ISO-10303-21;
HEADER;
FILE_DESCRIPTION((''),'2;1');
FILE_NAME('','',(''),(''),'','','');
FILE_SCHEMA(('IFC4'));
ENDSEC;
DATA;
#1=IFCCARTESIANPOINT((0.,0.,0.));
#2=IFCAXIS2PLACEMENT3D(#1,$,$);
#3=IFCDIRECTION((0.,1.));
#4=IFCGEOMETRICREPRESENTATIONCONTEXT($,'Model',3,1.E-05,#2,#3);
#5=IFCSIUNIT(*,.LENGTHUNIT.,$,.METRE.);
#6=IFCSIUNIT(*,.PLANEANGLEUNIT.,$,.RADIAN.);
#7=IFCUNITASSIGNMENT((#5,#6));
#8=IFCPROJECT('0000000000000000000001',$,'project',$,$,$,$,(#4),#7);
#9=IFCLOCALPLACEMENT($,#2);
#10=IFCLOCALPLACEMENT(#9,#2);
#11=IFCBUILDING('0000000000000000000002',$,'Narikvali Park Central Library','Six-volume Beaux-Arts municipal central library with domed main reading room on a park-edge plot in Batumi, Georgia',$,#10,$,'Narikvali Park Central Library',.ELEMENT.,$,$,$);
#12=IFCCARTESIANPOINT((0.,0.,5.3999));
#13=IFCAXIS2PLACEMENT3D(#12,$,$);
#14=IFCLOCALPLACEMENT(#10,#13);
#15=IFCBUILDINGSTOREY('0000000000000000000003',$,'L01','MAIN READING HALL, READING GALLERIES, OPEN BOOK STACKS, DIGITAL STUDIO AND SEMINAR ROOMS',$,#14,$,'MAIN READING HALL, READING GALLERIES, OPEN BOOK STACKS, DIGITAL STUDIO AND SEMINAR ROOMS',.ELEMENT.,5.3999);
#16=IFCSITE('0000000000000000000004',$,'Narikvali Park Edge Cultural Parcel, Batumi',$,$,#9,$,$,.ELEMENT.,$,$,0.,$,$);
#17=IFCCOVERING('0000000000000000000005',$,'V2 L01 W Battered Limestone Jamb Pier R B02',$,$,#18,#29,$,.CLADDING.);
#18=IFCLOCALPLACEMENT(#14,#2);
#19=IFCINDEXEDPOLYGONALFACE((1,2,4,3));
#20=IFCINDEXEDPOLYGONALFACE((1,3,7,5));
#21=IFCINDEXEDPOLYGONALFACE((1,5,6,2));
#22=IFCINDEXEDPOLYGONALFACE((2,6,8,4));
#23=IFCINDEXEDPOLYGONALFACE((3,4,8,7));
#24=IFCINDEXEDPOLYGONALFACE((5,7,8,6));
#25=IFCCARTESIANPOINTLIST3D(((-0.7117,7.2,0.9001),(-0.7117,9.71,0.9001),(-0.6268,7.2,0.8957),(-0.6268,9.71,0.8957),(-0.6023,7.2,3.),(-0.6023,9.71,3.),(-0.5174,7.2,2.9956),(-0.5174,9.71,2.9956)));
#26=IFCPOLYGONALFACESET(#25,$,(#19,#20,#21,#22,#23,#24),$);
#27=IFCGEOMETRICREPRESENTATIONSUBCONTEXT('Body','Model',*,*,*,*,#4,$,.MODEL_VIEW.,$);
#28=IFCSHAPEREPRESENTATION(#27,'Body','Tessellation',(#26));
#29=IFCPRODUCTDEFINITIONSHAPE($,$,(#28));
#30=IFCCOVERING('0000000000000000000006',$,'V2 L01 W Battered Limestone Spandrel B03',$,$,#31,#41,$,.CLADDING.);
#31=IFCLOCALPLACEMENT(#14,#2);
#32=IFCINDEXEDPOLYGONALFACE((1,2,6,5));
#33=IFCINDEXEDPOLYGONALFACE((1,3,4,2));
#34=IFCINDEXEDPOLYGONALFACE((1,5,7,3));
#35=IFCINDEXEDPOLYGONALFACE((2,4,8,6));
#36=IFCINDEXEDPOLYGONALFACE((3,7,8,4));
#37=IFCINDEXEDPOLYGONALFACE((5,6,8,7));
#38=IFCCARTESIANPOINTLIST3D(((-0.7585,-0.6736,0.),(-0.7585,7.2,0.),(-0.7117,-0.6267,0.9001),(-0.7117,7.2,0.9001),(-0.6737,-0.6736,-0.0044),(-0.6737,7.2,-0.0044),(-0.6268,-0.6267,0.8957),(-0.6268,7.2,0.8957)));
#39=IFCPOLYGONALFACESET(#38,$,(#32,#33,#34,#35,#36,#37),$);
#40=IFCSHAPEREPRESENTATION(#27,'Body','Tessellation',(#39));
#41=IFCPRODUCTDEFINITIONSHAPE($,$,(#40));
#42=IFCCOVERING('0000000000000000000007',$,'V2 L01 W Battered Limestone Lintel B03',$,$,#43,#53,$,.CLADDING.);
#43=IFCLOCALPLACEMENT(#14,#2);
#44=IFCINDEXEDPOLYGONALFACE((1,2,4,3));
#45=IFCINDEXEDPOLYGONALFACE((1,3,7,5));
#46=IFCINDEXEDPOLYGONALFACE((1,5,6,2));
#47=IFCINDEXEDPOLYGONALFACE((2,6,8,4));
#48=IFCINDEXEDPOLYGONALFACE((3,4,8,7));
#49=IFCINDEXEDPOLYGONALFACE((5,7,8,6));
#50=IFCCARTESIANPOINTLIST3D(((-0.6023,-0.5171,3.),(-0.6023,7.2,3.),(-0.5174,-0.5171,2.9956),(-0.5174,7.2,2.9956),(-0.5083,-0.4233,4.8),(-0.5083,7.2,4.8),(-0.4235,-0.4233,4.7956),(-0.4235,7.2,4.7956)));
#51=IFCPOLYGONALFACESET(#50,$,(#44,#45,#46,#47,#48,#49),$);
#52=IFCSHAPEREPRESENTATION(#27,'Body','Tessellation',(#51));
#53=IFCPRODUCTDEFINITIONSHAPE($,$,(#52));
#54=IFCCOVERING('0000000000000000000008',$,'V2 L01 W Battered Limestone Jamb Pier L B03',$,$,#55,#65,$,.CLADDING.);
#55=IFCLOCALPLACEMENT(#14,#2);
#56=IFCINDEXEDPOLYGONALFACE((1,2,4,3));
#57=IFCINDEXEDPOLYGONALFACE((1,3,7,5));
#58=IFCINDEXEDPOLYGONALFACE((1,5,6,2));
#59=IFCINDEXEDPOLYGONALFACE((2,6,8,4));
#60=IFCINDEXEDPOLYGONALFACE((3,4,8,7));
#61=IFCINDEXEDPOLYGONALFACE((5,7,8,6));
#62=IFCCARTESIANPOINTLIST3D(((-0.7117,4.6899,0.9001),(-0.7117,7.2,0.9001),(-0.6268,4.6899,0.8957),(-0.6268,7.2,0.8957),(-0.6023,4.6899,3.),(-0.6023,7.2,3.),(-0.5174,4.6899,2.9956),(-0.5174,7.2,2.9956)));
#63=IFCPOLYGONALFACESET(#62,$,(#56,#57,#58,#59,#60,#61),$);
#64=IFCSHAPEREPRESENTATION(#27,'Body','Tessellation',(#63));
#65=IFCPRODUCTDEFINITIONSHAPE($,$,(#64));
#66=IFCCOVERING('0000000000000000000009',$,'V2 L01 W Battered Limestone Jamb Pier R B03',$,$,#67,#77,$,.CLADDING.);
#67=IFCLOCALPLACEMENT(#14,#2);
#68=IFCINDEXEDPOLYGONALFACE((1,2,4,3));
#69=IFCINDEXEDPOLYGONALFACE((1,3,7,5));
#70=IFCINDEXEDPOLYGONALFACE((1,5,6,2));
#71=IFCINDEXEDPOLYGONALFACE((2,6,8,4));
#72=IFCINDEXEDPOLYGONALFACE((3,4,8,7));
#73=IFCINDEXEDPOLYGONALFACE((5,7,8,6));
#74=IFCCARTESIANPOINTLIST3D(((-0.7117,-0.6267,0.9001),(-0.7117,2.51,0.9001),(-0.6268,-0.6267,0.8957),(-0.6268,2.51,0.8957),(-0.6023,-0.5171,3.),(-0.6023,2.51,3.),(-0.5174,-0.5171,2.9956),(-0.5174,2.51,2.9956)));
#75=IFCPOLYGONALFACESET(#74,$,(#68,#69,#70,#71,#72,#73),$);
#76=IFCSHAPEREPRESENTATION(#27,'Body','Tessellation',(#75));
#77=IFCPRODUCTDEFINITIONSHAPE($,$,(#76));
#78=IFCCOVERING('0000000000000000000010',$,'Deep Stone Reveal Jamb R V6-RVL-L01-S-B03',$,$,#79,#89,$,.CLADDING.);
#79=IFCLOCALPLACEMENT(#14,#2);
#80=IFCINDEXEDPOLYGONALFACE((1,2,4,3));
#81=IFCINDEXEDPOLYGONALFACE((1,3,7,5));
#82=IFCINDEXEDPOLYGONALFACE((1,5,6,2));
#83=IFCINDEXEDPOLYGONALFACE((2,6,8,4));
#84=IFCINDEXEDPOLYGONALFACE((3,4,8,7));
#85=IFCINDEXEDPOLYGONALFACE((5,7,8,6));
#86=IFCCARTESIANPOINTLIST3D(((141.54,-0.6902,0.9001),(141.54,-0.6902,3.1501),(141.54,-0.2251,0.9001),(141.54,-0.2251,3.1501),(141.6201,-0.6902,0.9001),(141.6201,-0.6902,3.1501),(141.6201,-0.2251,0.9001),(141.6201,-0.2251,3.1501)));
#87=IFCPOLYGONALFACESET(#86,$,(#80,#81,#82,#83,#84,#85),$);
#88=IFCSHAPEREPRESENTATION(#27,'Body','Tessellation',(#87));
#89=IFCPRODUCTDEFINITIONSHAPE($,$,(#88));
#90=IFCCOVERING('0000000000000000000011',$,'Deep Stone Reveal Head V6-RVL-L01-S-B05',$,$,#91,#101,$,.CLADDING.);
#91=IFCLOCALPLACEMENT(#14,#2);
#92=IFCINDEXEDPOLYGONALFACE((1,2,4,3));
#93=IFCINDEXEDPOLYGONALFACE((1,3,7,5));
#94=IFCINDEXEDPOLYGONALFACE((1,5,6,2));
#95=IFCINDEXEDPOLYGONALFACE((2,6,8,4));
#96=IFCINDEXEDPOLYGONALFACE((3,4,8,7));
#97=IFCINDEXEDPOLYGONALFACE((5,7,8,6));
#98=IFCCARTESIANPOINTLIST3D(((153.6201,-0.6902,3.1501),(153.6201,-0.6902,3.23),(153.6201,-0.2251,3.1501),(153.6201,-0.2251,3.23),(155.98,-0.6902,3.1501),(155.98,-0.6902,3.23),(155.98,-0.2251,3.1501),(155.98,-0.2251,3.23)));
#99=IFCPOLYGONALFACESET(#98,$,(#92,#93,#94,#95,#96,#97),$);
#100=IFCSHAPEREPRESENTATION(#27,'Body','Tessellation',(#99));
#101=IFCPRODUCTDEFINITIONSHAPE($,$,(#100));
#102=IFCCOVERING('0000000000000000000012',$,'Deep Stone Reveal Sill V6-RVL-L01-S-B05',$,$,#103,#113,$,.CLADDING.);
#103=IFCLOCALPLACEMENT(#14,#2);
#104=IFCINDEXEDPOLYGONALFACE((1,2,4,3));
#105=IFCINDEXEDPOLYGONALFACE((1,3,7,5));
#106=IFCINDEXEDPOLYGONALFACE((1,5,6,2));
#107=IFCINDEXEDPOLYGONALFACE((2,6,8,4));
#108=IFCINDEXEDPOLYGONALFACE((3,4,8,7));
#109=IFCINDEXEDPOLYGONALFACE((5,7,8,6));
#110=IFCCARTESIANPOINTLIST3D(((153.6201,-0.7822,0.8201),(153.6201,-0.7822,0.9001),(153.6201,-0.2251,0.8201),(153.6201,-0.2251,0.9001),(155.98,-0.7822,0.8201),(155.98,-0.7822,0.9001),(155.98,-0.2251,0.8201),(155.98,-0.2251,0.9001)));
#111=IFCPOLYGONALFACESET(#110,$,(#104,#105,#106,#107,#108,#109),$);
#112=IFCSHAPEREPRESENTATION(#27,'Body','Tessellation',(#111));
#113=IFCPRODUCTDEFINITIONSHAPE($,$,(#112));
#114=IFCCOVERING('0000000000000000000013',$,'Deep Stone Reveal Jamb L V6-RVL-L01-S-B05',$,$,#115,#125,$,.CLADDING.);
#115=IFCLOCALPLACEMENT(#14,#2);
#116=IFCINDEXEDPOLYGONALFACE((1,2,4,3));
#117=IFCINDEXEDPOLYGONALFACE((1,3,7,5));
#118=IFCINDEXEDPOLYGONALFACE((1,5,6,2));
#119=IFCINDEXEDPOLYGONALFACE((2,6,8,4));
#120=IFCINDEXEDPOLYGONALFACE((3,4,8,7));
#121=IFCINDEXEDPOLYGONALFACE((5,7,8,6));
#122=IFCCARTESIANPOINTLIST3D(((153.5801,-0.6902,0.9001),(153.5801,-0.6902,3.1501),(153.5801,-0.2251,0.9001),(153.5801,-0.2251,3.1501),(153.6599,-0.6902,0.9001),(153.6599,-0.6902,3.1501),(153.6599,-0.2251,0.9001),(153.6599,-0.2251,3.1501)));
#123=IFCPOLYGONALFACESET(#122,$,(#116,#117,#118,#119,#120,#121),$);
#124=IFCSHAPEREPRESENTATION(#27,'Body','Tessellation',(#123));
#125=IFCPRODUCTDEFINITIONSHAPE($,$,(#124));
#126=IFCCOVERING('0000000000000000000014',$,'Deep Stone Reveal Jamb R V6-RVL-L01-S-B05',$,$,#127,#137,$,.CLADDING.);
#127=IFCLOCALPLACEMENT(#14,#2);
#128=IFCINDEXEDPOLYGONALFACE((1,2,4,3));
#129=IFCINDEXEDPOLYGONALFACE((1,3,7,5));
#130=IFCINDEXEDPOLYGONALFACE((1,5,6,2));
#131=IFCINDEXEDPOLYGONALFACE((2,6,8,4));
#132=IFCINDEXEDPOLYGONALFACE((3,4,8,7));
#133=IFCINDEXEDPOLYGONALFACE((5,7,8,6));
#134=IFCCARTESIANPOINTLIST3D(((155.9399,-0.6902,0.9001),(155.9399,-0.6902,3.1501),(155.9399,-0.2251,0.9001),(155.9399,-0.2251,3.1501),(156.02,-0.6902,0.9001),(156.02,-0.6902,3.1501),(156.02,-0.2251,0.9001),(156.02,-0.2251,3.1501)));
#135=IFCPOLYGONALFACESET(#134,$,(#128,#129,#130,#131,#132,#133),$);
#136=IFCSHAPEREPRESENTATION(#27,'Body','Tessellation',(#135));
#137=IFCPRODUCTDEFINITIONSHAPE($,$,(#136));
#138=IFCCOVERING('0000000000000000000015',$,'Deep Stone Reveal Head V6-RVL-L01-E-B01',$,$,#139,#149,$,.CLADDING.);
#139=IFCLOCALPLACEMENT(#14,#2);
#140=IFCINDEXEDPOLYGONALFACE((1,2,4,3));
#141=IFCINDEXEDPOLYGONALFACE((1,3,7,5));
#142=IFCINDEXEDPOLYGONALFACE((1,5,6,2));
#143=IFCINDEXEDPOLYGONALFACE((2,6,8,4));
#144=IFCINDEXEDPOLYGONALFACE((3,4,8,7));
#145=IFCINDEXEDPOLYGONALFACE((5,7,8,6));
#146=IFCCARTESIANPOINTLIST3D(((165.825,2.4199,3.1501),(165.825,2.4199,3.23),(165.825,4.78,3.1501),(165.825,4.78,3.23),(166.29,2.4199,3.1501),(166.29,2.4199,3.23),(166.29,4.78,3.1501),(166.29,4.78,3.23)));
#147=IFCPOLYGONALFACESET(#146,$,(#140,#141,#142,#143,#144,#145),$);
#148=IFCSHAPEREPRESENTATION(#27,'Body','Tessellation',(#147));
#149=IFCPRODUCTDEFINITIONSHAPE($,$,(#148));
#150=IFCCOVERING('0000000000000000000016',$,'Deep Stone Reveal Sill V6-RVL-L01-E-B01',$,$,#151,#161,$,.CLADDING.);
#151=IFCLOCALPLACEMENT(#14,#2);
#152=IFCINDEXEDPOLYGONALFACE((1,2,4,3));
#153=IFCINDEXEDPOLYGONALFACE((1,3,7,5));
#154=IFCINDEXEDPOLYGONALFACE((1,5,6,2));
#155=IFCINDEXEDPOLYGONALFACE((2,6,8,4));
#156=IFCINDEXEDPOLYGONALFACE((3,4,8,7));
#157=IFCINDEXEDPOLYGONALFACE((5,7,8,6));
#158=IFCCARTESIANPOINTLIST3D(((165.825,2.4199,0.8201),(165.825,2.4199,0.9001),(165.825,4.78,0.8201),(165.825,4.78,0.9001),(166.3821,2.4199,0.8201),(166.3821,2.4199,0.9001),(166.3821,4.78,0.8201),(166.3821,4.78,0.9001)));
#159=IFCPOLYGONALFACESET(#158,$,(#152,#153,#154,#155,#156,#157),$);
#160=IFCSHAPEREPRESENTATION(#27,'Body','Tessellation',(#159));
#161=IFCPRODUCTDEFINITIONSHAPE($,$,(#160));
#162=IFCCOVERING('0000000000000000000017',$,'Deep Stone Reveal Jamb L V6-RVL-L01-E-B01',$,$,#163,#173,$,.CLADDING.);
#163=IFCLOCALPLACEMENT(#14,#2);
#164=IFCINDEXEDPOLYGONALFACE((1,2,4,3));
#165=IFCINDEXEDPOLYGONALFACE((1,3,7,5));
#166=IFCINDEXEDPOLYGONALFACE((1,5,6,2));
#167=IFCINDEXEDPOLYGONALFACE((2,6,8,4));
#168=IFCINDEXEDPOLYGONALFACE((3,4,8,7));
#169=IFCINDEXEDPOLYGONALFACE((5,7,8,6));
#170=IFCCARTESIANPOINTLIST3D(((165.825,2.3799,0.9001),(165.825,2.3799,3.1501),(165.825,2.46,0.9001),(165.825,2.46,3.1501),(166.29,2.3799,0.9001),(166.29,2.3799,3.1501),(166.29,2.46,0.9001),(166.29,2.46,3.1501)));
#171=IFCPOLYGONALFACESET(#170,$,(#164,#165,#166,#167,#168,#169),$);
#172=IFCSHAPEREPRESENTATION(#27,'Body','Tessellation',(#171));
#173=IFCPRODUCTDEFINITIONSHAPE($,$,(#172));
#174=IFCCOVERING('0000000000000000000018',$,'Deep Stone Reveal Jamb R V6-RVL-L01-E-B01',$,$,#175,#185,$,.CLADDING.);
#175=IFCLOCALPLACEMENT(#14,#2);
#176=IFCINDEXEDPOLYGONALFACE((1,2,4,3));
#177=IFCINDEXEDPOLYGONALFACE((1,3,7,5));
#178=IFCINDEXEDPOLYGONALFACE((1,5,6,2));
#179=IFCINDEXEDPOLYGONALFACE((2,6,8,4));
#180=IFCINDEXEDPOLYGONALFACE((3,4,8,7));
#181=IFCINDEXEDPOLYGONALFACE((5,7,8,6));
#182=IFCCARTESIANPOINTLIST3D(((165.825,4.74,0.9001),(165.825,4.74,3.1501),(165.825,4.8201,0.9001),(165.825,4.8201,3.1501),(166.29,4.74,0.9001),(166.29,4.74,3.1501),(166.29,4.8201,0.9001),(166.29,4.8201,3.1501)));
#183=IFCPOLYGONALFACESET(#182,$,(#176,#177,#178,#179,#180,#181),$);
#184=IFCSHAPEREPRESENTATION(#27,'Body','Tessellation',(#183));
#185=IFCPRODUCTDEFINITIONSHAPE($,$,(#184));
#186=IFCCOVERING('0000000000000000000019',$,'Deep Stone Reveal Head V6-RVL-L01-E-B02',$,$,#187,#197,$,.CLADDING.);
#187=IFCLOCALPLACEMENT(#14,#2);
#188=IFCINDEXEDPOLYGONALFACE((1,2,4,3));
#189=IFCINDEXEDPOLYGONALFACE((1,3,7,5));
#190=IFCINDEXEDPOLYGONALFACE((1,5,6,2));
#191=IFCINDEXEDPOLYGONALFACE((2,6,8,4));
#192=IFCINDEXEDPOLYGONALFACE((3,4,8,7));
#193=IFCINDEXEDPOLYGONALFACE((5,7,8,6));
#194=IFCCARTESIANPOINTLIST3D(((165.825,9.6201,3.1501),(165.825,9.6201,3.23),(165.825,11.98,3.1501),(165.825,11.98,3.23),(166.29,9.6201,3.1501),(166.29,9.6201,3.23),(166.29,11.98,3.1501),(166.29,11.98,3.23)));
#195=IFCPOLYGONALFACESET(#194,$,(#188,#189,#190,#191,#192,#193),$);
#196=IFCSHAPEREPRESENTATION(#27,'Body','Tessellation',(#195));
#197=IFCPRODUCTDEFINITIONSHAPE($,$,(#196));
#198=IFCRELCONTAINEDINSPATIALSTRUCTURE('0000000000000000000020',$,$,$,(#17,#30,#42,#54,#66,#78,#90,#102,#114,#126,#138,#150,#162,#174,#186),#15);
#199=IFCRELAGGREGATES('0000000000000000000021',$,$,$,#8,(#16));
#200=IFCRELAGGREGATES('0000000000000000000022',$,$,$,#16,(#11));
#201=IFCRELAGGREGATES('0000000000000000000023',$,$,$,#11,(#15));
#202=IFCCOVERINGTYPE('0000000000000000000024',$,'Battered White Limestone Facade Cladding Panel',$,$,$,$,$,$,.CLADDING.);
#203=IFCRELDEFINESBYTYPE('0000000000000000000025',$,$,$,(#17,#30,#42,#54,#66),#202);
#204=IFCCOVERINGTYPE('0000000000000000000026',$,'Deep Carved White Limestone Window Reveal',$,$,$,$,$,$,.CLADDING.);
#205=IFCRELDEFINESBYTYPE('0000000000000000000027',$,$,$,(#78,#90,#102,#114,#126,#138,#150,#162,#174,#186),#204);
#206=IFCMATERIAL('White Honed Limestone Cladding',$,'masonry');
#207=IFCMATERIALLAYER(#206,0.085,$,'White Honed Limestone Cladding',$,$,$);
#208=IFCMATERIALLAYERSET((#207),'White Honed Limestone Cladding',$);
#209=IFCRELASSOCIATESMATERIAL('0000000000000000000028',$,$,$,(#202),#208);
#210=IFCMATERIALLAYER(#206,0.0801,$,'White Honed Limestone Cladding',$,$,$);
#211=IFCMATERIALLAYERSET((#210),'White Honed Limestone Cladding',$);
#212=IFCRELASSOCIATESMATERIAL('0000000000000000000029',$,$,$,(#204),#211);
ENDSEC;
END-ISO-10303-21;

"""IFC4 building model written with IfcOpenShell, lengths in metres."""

from ifc_helpers import new_model, si_unit, direction, frame, origin, place, context, subcontext, project, spatial, polyline, outline, extrude, material, layer, layer_set, type_object, element, save


model = new_model("IFC4")

# Units and contexts
model_context = context("Model", 3, precision=1e-05, world=origin(), true_north=direction((0.0, 1.0)))
body_context = subcontext(model_context, "Body", "Model", "MODEL_VIEW")
ifc_project = project(units=[si_unit("LENGTHUNIT", "METRE"), si_unit("PLANEANGLEUNIT", "RADIAN")], contexts=[model_context])

# Site, building, storey
site_placement = place(None, origin())
site = spatial("IfcSite", under=ifc_project, at=site_placement, Name="Narikvali Park Edge Cultural Parcel, Batumi", CompositionType="ELEMENT", RefElevation=0.0)
building_placement = place(site_placement, origin())
building = spatial("IfcBuilding", under=site, at=building_placement, Name="Narikvali Park Central Library", Description="Six-volume Beaux-Arts municipal central library with domed main reading room on a park-edge plot in Batumi, Georgia", LongName="Narikvali Park Central Library", CompositionType="ELEMENT")
storey_placement = place(building_placement, frame((0.0, 0.0, 5.3999)))
storey = spatial("IfcBuildingStorey", under=building, at=storey_placement, Name="L01", Description="MAIN READING HALL, READING GALLERIES, OPEN BOOK STACKS, DIGITAL STUDIO AND SEMINAR ROOMS", LongName="MAIN READING HALL, READING GALLERIES, OPEN BOOK STACKS, DIGITAL STUDIO AND SEMINAR ROOMS", CompositionType="ELEMENT", Elevation=5.3999)

# Coverings
ifc_material_1 = material(Name="White Honed Limestone Cladding", Category="masonry")
ifc_layer_1 = layer(ifc_material_1, 0.085, Name="White Honed Limestone Cladding")
ifc_layer_set_1 = layer_set([ifc_layer_1], Name="White Honed Limestone Cladding")
covering_type_1 = type_object("IfcCoveringType", Name="Battered White Limestone Facade Cladding Panel", PredefinedType="CLADDING", material=ifc_layer_set_1)
covering_1_placement = place(storey_placement, frame((-0.7117, 9.71, 0.9001), z_axis=(-0.998646, 0.0, 0.052016), x_axis=(0.0, -1.0, 0.0)))
element("IfcCovering", 1, at=covering_1_placement, inside=storey, type_object=covering_type_1, Name="V2 L01 W Battered Limestone Jamb Pier R B02", PredefinedType="CLADDING", context=body_context, shape_type="SweptSolid", body=[
    extrude(outline(polyline([(0.0, 0.0), (2.51, 0.0), (2.51, 2.1027), (0.0, 2.1027), (0.0, 0.0)])), origin(), (0.0, 0.0, -1.0), 0.085),
])
covering_2_placement = place(storey_placement, frame((-0.7585, 7.2, 0.0), z_axis=(-0.998647, 0.0, 0.052004), x_axis=(0.0, -1.0, 0.0)))
element("IfcCovering", 2, at=covering_2_placement, inside=storey, type_object=covering_type_1, Name="V2 L01 W Battered Limestone Spandrel B03", PredefinedType="CLADDING", context=body_context, shape_type="SweptSolid", body=[
    extrude(outline(polyline([(0.0, 0.0), (7.8735, 0.0), (7.8267, 0.9014), (0.0, 0.9014), (0.0, 0.0)])), origin(), (0.0, 0.0, -1.0), 0.085),
])
covering_3_placement = place(storey_placement, frame((-0.6023, 7.2, 3.0), z_axis=(-0.998639, 0.0, 0.052147), x_axis=(0.0, -1.0, 0.0)))
element("IfcCovering", 3, at=covering_3_placement, inside=storey, type_object=covering_type_1, Name="V2 L01 W Battered Limestone Lintel B03", PredefinedType="CLADDING", context=body_context, shape_type="SweptSolid", body=[
    extrude(outline(polyline([(0.0, 0.0), (7.717, 0.0), (7.6233, 1.8025), (0.0, 1.8025), (0.0, 0.0)])), origin(), (0.0, 0.0, -1.0), 0.085),
])
covering_4_placement = place(storey_placement, frame((-0.7117, 7.2, 0.9001), z_axis=(-0.998646, 0.0, 0.052016), x_axis=(0.0, -1.0, 0.0)))
element("IfcCovering", 4, at=covering_4_placement, inside=storey, type_object=covering_type_1, Name="V2 L01 W Battered Limestone Jamb Pier L B03", PredefinedType="CLADDING", context=body_context, shape_type="SweptSolid", body=[
    extrude(outline(polyline([(0.0, 0.0), (2.51, 0.0), (2.51, 2.1027), (0.0, 2.1027), (0.0, 0.0)])), origin(), (0.0, 0.0, -1.0), 0.085),
])
covering_5_placement = place(storey_placement, frame((-0.7117, 2.51, 0.9001), z_axis=(-0.998646, 0.0, 0.052016), x_axis=(0.0, -1.0, 0.0)))
element("IfcCovering", 5, at=covering_5_placement, inside=storey, type_object=covering_type_1, Name="V2 L01 W Battered Limestone Jamb Pier R B03", PredefinedType="CLADDING", context=body_context, shape_type="SweptSolid", body=[
    extrude(outline(polyline([(0.0, 0.0), (3.1367, 0.0), (3.0271, 2.1027), (0.0, 2.1027), (0.0, 0.0)])), origin(), (0.0, 0.0, -1.0), 0.085),
])
ifc_layer_2 = layer(ifc_material_1, 0.0801, Name="White Honed Limestone Cladding")
ifc_layer_set_2 = layer_set([ifc_layer_2], Name="White Honed Limestone Cladding")
covering_type_2 = type_object("IfcCoveringType", Name="Deep Carved White Limestone Window Reveal", PredefinedType="CLADDING", material=ifc_layer_set_2)
covering_6_placement = place(storey_placement, frame((0.0, 0.0, 0.9001)))
element("IfcCovering", 6, at=covering_6_placement, inside=storey, type_object=covering_type_2, Name="Deep Stone Reveal Jamb R V6-RVL-L01-S-B03", PredefinedType="CLADDING", context=body_context, shape_type="SweptSolid", body=[
    extrude(outline(polyline([(141.54, -0.2251), (141.6201, -0.2251), (141.6201, -0.6902), (141.54, -0.6902), (141.54, -0.2251)])), origin(), (0.0, 0.0, 1.0), 2.25),
])
covering_7_placement = place(storey_placement, frame((0.0, 0.0, 3.1501)))
element("IfcCovering", 7, at=covering_7_placement, inside=storey, type_object=covering_type_2, Name="Deep Stone Reveal Head V6-RVL-L01-S-B05", PredefinedType="CLADDING", context=body_context, shape_type="SweptSolid", body=[
    extrude(outline(polyline([(153.6201, -0.2251), (155.98, -0.2251), (155.98, -0.6902), (153.6201, -0.6902), (153.6201, -0.2251)])), origin(), (0.0, 0.0, 1.0), 0.0798),
])
covering_8_placement = place(storey_placement, frame((0.0, 0.0, 0.8201)))
element("IfcCovering", 8, at=covering_8_placement, inside=storey, type_object=covering_type_2, Name="Deep Stone Reveal Sill V6-RVL-L01-S-B05", PredefinedType="CLADDING", context=body_context, shape_type="SweptSolid", body=[
    extrude(outline(polyline([(153.6201, -0.2251), (155.98, -0.2251), (155.98, -0.7822), (153.6201, -0.7822), (153.6201, -0.2251)])), origin(), (0.0, 0.0, 1.0), 0.0801),
])
covering_9_placement = place(storey_placement, frame((0.0, 0.0, 0.9001)))
element("IfcCovering", 9, at=covering_9_placement, inside=storey, type_object=covering_type_2, Name="Deep Stone Reveal Jamb L V6-RVL-L01-S-B05", PredefinedType="CLADDING", context=body_context, shape_type="SweptSolid", body=[
    extrude(outline(polyline([(153.5801, -0.2251), (153.6599, -0.2251), (153.6599, -0.6902), (153.5801, -0.6902), (153.5801, -0.2251)])), origin(), (0.0, 0.0, 1.0), 2.25),
])
covering_10_placement = place(storey_placement, frame((0.0, 0.0, 0.9001)))
element("IfcCovering", 10, at=covering_10_placement, inside=storey, type_object=covering_type_2, Name="Deep Stone Reveal Jamb R V6-RVL-L01-S-B05", PredefinedType="CLADDING", context=body_context, shape_type="SweptSolid", body=[
    extrude(outline(polyline([(155.9399, -0.2251), (156.02, -0.2251), (156.02, -0.6902), (155.9399, -0.6902), (155.9399, -0.2251)])), origin(), (0.0, 0.0, 1.0), 2.25),
])
covering_11_placement = place(storey_placement, frame((0.0, 0.0, 3.1501)))
element("IfcCovering", 11, at=covering_11_placement, inside=storey, type_object=covering_type_2, Name="Deep Stone Reveal Head V6-RVL-L01-E-B01", PredefinedType="CLADDING", context=body_context, shape_type="SweptSolid", body=[
    extrude(outline(polyline([(165.825, 2.4199), (165.825, 4.78), (166.29, 4.78), (166.29, 2.4199), (165.825, 2.4199)])), origin(), (0.0, 0.0, 1.0), 0.0798),
])
covering_12_placement = place(storey_placement, frame((0.0, 0.0, 0.8201)))
element("IfcCovering", 12, at=covering_12_placement, inside=storey, type_object=covering_type_2, Name="Deep Stone Reveal Sill V6-RVL-L01-E-B01", PredefinedType="CLADDING", context=body_context, shape_type="SweptSolid", body=[
    extrude(outline(polyline([(165.825, 2.4199), (165.825, 4.78), (166.3821, 4.78), (166.3821, 2.4199), (165.825, 2.4199)])), origin(), (0.0, 0.0, 1.0), 0.0801),
])
covering_13_placement = place(storey_placement, frame((0.0, 0.0, 0.9001)))
element("IfcCovering", 13, at=covering_13_placement, inside=storey, type_object=covering_type_2, Name="Deep Stone Reveal Jamb L V6-RVL-L01-E-B01", PredefinedType="CLADDING", context=body_context, shape_type="SweptSolid", body=[
    extrude(outline(polyline([(165.825, 2.3799), (165.825, 2.46), (166.29, 2.46), (166.29, 2.3799), (165.825, 2.3799)])), origin(), (0.0, 0.0, 1.0), 2.25),
])
covering_14_placement = place(storey_placement, frame((0.0, 0.0, 0.9001)))
element("IfcCovering", 14, at=covering_14_placement, inside=storey, type_object=covering_type_2, Name="Deep Stone Reveal Jamb R V6-RVL-L01-E-B01", PredefinedType="CLADDING", context=body_context, shape_type="SweptSolid", body=[
    extrude(outline(polyline([(165.825, 4.74), (165.825, 4.8201), (166.29, 4.8201), (166.29, 4.74), (165.825, 4.74)])), origin(), (0.0, 0.0, 1.0), 2.25),
])
covering_15_placement = place(storey_placement, frame((0.0, 0.0, 3.1501)))
element("IfcCovering", 15, at=covering_15_placement, inside=storey, type_object=covering_type_2, Name="Deep Stone Reveal Head V6-RVL-L01-E-B02", PredefinedType="CLADDING", context=body_context, shape_type="SweptSolid", body=[
    extrude(outline(polyline([(165.825, 9.6201), (165.825, 11.98), (166.29, 11.98), (166.29, 9.6201), (165.825, 9.6201)])), origin(), (0.0, 0.0, 1.0), 0.0798),
])

save(model, "model.ifc")
